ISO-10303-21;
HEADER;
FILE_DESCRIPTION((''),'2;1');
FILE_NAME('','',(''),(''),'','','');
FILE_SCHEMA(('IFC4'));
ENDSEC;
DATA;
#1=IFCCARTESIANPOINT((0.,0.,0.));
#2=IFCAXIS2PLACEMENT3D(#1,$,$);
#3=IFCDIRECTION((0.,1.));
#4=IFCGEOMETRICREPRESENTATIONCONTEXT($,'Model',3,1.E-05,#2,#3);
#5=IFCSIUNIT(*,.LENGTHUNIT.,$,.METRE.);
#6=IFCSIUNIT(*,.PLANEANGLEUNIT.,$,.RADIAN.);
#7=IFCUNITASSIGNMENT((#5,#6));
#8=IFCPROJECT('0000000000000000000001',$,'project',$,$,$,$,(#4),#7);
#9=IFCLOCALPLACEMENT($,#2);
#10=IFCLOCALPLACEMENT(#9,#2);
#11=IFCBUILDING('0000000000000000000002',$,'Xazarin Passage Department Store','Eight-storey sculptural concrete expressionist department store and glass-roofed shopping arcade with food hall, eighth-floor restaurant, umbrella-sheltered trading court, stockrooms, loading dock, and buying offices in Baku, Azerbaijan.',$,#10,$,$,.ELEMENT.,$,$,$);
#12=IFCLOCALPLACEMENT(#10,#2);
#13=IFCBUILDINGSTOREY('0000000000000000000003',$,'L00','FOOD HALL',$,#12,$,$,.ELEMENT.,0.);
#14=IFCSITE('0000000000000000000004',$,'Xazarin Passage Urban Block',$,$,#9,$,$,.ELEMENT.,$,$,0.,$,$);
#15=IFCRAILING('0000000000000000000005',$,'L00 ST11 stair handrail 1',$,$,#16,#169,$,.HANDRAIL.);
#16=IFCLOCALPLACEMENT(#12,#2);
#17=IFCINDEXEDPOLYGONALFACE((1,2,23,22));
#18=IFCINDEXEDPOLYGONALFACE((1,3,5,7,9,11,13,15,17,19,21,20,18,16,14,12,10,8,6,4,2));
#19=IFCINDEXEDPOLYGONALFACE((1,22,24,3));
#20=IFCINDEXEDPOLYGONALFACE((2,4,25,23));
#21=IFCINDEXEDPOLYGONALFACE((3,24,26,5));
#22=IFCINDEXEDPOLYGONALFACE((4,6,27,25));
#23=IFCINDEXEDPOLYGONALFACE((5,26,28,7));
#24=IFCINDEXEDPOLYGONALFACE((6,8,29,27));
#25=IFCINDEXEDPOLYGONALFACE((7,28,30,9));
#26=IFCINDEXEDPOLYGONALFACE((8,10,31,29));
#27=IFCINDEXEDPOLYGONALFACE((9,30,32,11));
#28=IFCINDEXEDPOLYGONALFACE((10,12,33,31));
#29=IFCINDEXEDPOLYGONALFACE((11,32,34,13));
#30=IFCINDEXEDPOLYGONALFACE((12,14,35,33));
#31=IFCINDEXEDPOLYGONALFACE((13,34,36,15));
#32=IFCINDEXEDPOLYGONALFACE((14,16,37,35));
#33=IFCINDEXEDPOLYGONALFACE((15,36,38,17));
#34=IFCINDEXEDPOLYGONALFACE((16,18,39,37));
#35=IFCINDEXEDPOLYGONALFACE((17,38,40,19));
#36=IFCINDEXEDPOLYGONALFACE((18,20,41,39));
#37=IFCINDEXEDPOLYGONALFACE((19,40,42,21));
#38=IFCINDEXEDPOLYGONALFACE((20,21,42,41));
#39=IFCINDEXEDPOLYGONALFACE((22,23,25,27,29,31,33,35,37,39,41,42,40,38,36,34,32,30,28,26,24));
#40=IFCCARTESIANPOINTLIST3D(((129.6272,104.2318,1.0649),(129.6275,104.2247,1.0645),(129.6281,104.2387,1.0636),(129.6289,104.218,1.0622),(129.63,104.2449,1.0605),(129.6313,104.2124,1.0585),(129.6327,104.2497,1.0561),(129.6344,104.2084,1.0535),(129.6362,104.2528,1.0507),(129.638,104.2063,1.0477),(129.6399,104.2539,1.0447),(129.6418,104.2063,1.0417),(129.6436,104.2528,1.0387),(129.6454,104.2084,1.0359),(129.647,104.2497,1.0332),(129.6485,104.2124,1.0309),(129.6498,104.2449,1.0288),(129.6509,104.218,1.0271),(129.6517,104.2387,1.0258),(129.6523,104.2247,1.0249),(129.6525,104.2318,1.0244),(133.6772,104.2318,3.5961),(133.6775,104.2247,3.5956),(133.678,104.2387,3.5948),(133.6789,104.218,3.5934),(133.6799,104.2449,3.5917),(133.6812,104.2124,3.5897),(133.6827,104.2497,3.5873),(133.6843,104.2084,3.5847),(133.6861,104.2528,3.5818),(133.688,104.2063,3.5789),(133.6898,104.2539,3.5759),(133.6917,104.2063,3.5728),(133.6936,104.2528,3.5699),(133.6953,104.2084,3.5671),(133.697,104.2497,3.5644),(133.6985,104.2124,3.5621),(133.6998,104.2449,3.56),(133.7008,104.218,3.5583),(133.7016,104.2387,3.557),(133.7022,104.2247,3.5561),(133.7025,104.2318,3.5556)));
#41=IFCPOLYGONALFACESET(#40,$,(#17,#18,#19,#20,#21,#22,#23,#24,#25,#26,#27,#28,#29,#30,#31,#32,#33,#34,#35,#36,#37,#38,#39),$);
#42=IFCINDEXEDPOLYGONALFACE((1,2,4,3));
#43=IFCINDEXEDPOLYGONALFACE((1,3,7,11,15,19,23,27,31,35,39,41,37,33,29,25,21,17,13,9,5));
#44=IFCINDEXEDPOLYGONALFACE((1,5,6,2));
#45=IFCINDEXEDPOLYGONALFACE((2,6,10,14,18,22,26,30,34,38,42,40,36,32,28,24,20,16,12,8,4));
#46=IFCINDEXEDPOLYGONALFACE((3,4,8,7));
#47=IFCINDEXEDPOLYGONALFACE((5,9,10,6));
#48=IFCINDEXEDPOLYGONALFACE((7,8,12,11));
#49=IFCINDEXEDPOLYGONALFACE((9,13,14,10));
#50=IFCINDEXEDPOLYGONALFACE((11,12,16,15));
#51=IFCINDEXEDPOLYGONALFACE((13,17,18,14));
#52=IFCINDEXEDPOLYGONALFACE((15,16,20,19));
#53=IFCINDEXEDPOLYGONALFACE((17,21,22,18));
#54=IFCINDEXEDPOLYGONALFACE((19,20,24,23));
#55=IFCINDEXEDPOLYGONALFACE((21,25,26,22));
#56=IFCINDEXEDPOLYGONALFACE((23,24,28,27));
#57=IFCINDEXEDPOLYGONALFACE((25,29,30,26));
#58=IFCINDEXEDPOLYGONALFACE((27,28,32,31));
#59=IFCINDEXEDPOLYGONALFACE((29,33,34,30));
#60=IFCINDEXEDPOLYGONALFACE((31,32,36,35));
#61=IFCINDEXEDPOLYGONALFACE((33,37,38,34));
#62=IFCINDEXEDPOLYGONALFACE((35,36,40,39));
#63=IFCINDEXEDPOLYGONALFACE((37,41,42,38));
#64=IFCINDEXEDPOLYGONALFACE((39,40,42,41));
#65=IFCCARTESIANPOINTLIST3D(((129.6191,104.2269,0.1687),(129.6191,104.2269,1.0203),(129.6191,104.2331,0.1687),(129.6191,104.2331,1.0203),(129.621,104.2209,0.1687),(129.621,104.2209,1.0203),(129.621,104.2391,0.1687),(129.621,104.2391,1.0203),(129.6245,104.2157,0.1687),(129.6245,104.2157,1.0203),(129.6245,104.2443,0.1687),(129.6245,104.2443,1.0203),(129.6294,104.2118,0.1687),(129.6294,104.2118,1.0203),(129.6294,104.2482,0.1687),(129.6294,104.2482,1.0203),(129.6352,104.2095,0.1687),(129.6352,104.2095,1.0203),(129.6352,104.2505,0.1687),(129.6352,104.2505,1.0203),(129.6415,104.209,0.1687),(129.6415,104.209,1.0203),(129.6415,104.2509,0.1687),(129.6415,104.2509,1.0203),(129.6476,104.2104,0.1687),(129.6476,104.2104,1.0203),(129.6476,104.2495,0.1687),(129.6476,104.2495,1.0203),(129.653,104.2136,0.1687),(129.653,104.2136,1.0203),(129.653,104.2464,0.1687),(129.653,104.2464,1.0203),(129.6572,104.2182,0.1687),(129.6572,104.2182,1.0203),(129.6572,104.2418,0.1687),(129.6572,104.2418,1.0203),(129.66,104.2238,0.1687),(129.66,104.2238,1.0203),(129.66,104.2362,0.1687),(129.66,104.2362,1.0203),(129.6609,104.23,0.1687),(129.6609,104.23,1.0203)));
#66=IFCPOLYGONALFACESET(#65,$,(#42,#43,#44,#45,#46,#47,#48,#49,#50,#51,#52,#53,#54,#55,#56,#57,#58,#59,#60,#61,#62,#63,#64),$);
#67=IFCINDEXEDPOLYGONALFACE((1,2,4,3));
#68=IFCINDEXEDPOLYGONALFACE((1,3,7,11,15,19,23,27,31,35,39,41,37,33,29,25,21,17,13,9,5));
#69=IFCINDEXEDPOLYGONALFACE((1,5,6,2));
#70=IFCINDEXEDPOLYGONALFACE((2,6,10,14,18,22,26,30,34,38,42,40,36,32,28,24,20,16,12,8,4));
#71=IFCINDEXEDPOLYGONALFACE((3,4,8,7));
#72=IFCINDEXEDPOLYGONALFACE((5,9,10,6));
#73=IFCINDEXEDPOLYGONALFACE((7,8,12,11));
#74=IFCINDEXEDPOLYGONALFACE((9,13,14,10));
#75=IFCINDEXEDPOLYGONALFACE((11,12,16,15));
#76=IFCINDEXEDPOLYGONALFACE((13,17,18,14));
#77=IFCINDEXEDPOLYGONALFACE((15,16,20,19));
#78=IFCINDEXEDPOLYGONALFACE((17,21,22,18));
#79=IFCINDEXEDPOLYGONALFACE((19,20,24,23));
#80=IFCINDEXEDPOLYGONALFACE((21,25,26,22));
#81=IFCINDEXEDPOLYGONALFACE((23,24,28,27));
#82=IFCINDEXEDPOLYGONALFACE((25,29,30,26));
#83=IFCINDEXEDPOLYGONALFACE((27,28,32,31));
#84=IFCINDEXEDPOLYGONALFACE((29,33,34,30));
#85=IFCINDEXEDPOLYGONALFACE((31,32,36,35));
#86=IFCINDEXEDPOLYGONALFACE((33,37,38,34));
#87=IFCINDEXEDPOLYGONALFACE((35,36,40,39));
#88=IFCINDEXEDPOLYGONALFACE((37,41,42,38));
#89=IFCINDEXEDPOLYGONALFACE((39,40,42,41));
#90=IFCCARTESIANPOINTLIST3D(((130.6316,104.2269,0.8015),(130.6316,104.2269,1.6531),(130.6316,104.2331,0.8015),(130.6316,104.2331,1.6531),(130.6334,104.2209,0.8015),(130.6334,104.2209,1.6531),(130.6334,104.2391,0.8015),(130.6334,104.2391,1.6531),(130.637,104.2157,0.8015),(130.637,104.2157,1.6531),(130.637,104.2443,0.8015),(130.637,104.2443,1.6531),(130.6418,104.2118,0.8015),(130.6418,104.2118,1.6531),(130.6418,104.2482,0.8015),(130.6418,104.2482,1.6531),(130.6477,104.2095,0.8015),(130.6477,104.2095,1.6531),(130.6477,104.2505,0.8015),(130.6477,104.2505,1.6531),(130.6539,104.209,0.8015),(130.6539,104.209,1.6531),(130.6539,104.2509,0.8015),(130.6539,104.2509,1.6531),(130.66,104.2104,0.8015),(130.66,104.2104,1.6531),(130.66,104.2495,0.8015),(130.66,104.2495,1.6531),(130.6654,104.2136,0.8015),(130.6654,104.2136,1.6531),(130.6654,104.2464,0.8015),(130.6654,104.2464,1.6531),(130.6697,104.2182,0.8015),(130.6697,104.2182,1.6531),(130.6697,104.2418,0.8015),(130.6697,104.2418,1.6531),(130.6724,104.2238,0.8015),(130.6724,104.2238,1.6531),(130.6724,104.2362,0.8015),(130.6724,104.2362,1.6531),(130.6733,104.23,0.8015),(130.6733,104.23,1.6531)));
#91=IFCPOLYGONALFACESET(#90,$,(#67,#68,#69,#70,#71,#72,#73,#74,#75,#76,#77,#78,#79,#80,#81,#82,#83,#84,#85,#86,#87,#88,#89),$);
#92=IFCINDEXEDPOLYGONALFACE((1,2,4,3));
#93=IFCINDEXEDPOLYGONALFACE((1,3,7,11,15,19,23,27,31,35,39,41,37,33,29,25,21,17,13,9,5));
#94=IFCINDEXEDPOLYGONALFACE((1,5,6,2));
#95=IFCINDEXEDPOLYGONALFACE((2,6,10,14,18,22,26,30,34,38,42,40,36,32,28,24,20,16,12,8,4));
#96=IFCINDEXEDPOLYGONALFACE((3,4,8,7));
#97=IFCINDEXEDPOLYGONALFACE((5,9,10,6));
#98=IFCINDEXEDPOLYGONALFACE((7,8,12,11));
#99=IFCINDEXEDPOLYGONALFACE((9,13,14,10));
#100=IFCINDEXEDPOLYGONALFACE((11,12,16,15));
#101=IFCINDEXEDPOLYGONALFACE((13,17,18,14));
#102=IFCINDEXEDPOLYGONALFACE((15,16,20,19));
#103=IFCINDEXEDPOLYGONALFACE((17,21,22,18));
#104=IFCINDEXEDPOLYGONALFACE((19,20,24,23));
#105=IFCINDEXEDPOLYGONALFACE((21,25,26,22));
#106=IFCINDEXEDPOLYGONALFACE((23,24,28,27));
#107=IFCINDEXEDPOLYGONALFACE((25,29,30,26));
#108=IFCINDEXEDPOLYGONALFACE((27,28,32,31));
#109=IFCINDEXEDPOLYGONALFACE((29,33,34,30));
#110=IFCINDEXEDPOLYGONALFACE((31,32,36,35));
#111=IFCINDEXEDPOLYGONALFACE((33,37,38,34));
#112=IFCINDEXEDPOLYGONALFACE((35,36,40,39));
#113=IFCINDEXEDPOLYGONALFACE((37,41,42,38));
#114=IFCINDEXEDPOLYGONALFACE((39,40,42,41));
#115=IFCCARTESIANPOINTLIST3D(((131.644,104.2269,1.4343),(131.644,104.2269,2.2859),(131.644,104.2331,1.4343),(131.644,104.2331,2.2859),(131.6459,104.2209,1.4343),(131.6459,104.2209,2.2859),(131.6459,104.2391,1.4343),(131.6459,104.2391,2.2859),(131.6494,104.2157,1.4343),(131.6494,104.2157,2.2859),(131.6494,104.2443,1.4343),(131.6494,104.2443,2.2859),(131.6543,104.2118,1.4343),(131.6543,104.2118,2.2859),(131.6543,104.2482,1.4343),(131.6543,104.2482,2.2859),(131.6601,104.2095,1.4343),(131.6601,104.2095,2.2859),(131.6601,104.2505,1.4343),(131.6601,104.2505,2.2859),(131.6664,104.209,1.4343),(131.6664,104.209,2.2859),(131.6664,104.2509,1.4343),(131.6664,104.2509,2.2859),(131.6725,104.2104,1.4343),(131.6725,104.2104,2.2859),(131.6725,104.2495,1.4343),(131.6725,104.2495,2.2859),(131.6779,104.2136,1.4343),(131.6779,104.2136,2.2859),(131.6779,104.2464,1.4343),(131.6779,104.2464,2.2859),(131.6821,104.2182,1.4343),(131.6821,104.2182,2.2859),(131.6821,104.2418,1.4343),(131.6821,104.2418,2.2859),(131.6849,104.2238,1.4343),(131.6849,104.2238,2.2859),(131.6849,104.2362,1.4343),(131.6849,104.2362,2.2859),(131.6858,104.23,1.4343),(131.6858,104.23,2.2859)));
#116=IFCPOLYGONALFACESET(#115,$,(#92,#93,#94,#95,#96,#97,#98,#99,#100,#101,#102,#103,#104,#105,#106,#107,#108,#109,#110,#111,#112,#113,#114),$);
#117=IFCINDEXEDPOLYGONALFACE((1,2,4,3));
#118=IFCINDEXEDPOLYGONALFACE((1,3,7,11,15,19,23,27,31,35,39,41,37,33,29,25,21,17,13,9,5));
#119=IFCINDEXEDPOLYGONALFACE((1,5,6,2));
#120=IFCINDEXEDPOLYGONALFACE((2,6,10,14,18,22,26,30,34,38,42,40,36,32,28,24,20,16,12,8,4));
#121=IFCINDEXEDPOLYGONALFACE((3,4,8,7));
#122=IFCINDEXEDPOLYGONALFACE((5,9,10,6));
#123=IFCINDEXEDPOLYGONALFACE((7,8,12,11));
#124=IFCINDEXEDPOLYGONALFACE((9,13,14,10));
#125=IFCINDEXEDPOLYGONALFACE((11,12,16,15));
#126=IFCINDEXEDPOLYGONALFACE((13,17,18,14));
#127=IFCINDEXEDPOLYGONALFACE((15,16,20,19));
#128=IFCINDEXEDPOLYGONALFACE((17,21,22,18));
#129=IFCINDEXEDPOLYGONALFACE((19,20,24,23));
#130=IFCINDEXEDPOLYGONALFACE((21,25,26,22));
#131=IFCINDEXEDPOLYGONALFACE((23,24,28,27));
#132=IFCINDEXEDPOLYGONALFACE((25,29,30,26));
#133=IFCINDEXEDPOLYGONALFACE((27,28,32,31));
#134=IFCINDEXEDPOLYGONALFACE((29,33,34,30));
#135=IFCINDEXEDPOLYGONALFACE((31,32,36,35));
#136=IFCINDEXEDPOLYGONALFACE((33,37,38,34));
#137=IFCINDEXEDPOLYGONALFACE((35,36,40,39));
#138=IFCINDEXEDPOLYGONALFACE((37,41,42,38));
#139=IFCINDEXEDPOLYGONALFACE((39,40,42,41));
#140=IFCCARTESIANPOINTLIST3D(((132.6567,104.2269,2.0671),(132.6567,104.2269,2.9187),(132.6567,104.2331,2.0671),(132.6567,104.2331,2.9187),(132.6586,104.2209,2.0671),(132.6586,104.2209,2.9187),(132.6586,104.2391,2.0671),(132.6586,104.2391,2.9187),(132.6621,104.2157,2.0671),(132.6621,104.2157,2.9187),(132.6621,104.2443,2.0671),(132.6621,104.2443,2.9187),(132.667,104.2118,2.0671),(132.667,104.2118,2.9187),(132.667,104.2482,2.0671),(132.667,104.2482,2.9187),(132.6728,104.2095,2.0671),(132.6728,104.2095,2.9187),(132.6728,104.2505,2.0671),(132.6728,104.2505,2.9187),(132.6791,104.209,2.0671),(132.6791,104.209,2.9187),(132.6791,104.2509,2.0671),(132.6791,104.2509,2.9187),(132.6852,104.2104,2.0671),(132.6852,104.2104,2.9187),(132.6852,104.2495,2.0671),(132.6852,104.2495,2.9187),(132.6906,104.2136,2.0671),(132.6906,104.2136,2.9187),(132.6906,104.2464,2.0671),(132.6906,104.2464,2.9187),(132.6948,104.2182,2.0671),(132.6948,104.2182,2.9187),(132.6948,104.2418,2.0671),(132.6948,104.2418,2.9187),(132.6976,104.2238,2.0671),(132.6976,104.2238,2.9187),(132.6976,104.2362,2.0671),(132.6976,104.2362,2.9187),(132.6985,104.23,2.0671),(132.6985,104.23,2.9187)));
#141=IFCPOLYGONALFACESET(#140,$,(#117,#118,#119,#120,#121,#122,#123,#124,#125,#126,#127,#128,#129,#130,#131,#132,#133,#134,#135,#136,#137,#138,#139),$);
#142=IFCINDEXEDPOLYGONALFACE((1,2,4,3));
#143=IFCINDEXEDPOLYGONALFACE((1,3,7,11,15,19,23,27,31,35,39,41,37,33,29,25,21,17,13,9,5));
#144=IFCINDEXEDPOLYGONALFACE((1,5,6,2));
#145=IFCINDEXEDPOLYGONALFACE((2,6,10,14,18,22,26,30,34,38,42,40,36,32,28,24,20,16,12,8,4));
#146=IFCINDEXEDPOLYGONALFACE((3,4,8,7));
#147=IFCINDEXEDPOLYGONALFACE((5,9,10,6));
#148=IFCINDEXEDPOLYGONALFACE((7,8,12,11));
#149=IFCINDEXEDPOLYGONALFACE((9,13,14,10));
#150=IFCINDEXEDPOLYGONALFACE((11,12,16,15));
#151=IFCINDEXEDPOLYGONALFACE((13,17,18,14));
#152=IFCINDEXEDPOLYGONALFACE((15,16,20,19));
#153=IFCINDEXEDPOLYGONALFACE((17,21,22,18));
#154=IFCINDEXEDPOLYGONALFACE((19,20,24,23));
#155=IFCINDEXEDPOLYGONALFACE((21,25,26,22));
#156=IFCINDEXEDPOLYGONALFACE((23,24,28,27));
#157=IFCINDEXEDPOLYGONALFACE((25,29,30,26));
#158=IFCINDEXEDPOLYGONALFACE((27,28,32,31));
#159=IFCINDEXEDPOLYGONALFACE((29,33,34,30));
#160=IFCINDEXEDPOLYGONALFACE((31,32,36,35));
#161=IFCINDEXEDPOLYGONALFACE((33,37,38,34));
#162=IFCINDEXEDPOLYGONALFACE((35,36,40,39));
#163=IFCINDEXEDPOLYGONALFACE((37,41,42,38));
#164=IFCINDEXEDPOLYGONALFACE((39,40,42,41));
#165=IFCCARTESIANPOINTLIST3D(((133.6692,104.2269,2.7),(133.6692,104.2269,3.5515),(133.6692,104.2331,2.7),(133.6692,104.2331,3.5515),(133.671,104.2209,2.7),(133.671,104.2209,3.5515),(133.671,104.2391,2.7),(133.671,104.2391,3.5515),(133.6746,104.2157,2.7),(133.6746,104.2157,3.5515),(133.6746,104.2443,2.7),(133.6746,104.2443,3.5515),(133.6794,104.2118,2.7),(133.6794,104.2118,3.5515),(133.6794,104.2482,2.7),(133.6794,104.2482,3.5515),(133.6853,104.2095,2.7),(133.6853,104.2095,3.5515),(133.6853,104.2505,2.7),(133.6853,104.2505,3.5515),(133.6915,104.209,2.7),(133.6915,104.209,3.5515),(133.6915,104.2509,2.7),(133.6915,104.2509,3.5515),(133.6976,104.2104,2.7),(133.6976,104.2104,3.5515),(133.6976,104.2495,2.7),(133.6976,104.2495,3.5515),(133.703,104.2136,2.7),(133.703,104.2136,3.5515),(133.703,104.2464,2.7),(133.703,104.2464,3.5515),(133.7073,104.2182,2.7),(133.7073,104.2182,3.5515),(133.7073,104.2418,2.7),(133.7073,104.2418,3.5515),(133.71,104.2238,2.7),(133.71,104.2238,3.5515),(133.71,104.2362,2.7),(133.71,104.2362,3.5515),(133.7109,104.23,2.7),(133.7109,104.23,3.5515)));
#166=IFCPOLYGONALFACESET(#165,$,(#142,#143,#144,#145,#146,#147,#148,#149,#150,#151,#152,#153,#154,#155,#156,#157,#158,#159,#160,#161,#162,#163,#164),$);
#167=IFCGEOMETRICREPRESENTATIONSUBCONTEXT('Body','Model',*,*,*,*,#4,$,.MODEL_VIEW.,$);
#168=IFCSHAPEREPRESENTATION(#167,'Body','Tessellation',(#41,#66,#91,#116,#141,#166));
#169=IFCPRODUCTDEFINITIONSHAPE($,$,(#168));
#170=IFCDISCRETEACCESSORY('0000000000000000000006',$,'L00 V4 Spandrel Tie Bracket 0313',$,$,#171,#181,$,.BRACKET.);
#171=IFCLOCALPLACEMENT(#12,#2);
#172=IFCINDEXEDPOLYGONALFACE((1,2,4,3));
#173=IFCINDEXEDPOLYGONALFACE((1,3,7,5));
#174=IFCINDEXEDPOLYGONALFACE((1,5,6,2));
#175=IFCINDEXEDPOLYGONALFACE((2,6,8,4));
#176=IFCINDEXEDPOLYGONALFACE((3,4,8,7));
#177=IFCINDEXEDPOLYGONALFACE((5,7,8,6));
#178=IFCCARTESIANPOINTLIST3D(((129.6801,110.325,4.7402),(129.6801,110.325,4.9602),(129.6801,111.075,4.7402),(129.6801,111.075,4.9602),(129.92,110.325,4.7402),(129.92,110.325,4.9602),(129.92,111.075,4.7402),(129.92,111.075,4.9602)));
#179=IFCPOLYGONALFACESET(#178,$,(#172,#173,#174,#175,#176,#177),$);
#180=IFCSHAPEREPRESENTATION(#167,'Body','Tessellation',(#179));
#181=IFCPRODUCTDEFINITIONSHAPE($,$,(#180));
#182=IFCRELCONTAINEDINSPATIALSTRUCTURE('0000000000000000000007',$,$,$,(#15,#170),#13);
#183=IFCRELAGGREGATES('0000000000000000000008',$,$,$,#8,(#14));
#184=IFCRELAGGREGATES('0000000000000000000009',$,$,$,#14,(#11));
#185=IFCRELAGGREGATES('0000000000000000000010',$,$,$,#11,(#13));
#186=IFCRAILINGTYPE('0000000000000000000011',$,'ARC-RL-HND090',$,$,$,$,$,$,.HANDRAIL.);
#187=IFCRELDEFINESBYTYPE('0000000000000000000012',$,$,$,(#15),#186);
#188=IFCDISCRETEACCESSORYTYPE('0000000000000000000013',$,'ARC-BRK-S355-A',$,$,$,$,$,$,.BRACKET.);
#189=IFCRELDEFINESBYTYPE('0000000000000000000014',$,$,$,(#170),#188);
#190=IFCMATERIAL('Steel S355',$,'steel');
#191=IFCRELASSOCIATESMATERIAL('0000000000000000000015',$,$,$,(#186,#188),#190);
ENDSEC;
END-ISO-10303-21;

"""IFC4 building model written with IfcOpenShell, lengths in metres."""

from ifc_helpers import new_model, si_unit, direction, frame, origin, origin_2d, place, context, subcontext, project, spatial, rectangle, circle, extrude, material, type_object, element, save


model = new_model("IFC4")

# Units and contexts
model_context = context("Model", 3, precision=1e-05, world=origin(), true_north=direction((0.0, 1.0)))
body_context = subcontext(model_context, "Body", "Model", "MODEL_VIEW")
ifc_project = project(units=[si_unit("LENGTHUNIT", "METRE"), si_unit("PLANEANGLEUNIT", "RADIAN")], contexts=[model_context])

# Site, building, storey
site_placement = place(None, origin())
site = spatial("IfcSite", under=ifc_project, at=site_placement, Name="Xazarin Passage Urban Block", CompositionType="ELEMENT", RefElevation=0.0)
building_placement = place(site_placement, origin())
building = spatial("IfcBuilding", under=site, at=building_placement, Name="Xazarin Passage Department Store", Description="Eight-storey sculptural concrete expressionist department store and glass-roofed shopping arcade with food hall, eighth-floor restaurant, umbrella-sheltered trading court, stockrooms, loading dock, and buying offices in Baku, Azerbaijan.", CompositionType="ELEMENT")
storey_placement = place(building_placement, origin())
storey = spatial("IfcBuildingStorey", under=building, at=storey_placement, Name="L00", Description="FOOD HALL", CompositionType="ELEMENT", Elevation=0.0)

# Shared definitions
ifc_material_1 = material(Name="Steel S355", Category="steel")

# Railing
railing_type_1 = type_object("IfcRailingType", Name="ARC-RL-HND090", PredefinedType="HANDRAIL", material=ifc_material_1)
railing_1_placement = place(storey_placement, frame((129.6399, 104.23, 0.1687)))
element("IfcRailing", 1, at=railing_1_placement, inside=storey, type_object=railing_type_1, Name="L00 ST11 stair handrail 1", PredefinedType="HANDRAIL", context=body_context, shape_type="SweptSolid", body=[
    extrude(circle(Radius=0.0239, at=origin_2d()), frame((0.0, 0.0, 0.876), z_axis=(0.848001, 0.0, 0.529994), x_axis=(0.0, 1.0, 0.0)), (0.0, 0.0, 1.0), 4.7759),
    extrude(circle(Radius=0.021, at=origin_2d()), origin(), (0.0, 0.0, 1.0), 0.8516),
    extrude(circle(Radius=0.021, at=origin_2d()), frame((1.0125, 0.0, 0.6328)), (0.0, 0.0, 1.0), 0.8516),
    extrude(circle(Radius=0.021, at=origin_2d()), frame((2.0249, 0.0, 1.2656)), (0.0, 0.0, 1.0), 0.8516),
    extrude(circle(Radius=0.021, at=origin_2d()), frame((3.0376, 0.0, 1.8984)), (0.0, 0.0, 1.0), 0.8516),
    extrude(circle(Radius=0.021, at=origin_2d()), frame((4.05, 0.0, 2.5312)), (0.0, 0.0, 1.0), 0.8516),
])

# Discrete accessory
discrete_accessory_type = type_object("IfcDiscreteAccessoryType", Name="ARC-BRK-S355-A", PredefinedType="BRACKET", material=ifc_material_1)
discrete_accessory_placement = place(storey_placement, frame((129.8, 110.7, 4.7402), z_axis=(0.0, 0.0, 1.0), x_axis=(1.0, 0.0, 0.0)))
element("IfcDiscreteAccessory", 2, at=discrete_accessory_placement, inside=storey, type_object=discrete_accessory_type, Name="L00 V4 Spandrel Tie Bracket 0313", PredefinedType="BRACKET", context=body_context, shape_type="SweptSolid", body=[
    extrude(rectangle(XDim=0.24, YDim=0.75, at=origin_2d()), origin(), (0.0, 0.0, 1.0), 0.22),
])

save(model, "model.ifc")
